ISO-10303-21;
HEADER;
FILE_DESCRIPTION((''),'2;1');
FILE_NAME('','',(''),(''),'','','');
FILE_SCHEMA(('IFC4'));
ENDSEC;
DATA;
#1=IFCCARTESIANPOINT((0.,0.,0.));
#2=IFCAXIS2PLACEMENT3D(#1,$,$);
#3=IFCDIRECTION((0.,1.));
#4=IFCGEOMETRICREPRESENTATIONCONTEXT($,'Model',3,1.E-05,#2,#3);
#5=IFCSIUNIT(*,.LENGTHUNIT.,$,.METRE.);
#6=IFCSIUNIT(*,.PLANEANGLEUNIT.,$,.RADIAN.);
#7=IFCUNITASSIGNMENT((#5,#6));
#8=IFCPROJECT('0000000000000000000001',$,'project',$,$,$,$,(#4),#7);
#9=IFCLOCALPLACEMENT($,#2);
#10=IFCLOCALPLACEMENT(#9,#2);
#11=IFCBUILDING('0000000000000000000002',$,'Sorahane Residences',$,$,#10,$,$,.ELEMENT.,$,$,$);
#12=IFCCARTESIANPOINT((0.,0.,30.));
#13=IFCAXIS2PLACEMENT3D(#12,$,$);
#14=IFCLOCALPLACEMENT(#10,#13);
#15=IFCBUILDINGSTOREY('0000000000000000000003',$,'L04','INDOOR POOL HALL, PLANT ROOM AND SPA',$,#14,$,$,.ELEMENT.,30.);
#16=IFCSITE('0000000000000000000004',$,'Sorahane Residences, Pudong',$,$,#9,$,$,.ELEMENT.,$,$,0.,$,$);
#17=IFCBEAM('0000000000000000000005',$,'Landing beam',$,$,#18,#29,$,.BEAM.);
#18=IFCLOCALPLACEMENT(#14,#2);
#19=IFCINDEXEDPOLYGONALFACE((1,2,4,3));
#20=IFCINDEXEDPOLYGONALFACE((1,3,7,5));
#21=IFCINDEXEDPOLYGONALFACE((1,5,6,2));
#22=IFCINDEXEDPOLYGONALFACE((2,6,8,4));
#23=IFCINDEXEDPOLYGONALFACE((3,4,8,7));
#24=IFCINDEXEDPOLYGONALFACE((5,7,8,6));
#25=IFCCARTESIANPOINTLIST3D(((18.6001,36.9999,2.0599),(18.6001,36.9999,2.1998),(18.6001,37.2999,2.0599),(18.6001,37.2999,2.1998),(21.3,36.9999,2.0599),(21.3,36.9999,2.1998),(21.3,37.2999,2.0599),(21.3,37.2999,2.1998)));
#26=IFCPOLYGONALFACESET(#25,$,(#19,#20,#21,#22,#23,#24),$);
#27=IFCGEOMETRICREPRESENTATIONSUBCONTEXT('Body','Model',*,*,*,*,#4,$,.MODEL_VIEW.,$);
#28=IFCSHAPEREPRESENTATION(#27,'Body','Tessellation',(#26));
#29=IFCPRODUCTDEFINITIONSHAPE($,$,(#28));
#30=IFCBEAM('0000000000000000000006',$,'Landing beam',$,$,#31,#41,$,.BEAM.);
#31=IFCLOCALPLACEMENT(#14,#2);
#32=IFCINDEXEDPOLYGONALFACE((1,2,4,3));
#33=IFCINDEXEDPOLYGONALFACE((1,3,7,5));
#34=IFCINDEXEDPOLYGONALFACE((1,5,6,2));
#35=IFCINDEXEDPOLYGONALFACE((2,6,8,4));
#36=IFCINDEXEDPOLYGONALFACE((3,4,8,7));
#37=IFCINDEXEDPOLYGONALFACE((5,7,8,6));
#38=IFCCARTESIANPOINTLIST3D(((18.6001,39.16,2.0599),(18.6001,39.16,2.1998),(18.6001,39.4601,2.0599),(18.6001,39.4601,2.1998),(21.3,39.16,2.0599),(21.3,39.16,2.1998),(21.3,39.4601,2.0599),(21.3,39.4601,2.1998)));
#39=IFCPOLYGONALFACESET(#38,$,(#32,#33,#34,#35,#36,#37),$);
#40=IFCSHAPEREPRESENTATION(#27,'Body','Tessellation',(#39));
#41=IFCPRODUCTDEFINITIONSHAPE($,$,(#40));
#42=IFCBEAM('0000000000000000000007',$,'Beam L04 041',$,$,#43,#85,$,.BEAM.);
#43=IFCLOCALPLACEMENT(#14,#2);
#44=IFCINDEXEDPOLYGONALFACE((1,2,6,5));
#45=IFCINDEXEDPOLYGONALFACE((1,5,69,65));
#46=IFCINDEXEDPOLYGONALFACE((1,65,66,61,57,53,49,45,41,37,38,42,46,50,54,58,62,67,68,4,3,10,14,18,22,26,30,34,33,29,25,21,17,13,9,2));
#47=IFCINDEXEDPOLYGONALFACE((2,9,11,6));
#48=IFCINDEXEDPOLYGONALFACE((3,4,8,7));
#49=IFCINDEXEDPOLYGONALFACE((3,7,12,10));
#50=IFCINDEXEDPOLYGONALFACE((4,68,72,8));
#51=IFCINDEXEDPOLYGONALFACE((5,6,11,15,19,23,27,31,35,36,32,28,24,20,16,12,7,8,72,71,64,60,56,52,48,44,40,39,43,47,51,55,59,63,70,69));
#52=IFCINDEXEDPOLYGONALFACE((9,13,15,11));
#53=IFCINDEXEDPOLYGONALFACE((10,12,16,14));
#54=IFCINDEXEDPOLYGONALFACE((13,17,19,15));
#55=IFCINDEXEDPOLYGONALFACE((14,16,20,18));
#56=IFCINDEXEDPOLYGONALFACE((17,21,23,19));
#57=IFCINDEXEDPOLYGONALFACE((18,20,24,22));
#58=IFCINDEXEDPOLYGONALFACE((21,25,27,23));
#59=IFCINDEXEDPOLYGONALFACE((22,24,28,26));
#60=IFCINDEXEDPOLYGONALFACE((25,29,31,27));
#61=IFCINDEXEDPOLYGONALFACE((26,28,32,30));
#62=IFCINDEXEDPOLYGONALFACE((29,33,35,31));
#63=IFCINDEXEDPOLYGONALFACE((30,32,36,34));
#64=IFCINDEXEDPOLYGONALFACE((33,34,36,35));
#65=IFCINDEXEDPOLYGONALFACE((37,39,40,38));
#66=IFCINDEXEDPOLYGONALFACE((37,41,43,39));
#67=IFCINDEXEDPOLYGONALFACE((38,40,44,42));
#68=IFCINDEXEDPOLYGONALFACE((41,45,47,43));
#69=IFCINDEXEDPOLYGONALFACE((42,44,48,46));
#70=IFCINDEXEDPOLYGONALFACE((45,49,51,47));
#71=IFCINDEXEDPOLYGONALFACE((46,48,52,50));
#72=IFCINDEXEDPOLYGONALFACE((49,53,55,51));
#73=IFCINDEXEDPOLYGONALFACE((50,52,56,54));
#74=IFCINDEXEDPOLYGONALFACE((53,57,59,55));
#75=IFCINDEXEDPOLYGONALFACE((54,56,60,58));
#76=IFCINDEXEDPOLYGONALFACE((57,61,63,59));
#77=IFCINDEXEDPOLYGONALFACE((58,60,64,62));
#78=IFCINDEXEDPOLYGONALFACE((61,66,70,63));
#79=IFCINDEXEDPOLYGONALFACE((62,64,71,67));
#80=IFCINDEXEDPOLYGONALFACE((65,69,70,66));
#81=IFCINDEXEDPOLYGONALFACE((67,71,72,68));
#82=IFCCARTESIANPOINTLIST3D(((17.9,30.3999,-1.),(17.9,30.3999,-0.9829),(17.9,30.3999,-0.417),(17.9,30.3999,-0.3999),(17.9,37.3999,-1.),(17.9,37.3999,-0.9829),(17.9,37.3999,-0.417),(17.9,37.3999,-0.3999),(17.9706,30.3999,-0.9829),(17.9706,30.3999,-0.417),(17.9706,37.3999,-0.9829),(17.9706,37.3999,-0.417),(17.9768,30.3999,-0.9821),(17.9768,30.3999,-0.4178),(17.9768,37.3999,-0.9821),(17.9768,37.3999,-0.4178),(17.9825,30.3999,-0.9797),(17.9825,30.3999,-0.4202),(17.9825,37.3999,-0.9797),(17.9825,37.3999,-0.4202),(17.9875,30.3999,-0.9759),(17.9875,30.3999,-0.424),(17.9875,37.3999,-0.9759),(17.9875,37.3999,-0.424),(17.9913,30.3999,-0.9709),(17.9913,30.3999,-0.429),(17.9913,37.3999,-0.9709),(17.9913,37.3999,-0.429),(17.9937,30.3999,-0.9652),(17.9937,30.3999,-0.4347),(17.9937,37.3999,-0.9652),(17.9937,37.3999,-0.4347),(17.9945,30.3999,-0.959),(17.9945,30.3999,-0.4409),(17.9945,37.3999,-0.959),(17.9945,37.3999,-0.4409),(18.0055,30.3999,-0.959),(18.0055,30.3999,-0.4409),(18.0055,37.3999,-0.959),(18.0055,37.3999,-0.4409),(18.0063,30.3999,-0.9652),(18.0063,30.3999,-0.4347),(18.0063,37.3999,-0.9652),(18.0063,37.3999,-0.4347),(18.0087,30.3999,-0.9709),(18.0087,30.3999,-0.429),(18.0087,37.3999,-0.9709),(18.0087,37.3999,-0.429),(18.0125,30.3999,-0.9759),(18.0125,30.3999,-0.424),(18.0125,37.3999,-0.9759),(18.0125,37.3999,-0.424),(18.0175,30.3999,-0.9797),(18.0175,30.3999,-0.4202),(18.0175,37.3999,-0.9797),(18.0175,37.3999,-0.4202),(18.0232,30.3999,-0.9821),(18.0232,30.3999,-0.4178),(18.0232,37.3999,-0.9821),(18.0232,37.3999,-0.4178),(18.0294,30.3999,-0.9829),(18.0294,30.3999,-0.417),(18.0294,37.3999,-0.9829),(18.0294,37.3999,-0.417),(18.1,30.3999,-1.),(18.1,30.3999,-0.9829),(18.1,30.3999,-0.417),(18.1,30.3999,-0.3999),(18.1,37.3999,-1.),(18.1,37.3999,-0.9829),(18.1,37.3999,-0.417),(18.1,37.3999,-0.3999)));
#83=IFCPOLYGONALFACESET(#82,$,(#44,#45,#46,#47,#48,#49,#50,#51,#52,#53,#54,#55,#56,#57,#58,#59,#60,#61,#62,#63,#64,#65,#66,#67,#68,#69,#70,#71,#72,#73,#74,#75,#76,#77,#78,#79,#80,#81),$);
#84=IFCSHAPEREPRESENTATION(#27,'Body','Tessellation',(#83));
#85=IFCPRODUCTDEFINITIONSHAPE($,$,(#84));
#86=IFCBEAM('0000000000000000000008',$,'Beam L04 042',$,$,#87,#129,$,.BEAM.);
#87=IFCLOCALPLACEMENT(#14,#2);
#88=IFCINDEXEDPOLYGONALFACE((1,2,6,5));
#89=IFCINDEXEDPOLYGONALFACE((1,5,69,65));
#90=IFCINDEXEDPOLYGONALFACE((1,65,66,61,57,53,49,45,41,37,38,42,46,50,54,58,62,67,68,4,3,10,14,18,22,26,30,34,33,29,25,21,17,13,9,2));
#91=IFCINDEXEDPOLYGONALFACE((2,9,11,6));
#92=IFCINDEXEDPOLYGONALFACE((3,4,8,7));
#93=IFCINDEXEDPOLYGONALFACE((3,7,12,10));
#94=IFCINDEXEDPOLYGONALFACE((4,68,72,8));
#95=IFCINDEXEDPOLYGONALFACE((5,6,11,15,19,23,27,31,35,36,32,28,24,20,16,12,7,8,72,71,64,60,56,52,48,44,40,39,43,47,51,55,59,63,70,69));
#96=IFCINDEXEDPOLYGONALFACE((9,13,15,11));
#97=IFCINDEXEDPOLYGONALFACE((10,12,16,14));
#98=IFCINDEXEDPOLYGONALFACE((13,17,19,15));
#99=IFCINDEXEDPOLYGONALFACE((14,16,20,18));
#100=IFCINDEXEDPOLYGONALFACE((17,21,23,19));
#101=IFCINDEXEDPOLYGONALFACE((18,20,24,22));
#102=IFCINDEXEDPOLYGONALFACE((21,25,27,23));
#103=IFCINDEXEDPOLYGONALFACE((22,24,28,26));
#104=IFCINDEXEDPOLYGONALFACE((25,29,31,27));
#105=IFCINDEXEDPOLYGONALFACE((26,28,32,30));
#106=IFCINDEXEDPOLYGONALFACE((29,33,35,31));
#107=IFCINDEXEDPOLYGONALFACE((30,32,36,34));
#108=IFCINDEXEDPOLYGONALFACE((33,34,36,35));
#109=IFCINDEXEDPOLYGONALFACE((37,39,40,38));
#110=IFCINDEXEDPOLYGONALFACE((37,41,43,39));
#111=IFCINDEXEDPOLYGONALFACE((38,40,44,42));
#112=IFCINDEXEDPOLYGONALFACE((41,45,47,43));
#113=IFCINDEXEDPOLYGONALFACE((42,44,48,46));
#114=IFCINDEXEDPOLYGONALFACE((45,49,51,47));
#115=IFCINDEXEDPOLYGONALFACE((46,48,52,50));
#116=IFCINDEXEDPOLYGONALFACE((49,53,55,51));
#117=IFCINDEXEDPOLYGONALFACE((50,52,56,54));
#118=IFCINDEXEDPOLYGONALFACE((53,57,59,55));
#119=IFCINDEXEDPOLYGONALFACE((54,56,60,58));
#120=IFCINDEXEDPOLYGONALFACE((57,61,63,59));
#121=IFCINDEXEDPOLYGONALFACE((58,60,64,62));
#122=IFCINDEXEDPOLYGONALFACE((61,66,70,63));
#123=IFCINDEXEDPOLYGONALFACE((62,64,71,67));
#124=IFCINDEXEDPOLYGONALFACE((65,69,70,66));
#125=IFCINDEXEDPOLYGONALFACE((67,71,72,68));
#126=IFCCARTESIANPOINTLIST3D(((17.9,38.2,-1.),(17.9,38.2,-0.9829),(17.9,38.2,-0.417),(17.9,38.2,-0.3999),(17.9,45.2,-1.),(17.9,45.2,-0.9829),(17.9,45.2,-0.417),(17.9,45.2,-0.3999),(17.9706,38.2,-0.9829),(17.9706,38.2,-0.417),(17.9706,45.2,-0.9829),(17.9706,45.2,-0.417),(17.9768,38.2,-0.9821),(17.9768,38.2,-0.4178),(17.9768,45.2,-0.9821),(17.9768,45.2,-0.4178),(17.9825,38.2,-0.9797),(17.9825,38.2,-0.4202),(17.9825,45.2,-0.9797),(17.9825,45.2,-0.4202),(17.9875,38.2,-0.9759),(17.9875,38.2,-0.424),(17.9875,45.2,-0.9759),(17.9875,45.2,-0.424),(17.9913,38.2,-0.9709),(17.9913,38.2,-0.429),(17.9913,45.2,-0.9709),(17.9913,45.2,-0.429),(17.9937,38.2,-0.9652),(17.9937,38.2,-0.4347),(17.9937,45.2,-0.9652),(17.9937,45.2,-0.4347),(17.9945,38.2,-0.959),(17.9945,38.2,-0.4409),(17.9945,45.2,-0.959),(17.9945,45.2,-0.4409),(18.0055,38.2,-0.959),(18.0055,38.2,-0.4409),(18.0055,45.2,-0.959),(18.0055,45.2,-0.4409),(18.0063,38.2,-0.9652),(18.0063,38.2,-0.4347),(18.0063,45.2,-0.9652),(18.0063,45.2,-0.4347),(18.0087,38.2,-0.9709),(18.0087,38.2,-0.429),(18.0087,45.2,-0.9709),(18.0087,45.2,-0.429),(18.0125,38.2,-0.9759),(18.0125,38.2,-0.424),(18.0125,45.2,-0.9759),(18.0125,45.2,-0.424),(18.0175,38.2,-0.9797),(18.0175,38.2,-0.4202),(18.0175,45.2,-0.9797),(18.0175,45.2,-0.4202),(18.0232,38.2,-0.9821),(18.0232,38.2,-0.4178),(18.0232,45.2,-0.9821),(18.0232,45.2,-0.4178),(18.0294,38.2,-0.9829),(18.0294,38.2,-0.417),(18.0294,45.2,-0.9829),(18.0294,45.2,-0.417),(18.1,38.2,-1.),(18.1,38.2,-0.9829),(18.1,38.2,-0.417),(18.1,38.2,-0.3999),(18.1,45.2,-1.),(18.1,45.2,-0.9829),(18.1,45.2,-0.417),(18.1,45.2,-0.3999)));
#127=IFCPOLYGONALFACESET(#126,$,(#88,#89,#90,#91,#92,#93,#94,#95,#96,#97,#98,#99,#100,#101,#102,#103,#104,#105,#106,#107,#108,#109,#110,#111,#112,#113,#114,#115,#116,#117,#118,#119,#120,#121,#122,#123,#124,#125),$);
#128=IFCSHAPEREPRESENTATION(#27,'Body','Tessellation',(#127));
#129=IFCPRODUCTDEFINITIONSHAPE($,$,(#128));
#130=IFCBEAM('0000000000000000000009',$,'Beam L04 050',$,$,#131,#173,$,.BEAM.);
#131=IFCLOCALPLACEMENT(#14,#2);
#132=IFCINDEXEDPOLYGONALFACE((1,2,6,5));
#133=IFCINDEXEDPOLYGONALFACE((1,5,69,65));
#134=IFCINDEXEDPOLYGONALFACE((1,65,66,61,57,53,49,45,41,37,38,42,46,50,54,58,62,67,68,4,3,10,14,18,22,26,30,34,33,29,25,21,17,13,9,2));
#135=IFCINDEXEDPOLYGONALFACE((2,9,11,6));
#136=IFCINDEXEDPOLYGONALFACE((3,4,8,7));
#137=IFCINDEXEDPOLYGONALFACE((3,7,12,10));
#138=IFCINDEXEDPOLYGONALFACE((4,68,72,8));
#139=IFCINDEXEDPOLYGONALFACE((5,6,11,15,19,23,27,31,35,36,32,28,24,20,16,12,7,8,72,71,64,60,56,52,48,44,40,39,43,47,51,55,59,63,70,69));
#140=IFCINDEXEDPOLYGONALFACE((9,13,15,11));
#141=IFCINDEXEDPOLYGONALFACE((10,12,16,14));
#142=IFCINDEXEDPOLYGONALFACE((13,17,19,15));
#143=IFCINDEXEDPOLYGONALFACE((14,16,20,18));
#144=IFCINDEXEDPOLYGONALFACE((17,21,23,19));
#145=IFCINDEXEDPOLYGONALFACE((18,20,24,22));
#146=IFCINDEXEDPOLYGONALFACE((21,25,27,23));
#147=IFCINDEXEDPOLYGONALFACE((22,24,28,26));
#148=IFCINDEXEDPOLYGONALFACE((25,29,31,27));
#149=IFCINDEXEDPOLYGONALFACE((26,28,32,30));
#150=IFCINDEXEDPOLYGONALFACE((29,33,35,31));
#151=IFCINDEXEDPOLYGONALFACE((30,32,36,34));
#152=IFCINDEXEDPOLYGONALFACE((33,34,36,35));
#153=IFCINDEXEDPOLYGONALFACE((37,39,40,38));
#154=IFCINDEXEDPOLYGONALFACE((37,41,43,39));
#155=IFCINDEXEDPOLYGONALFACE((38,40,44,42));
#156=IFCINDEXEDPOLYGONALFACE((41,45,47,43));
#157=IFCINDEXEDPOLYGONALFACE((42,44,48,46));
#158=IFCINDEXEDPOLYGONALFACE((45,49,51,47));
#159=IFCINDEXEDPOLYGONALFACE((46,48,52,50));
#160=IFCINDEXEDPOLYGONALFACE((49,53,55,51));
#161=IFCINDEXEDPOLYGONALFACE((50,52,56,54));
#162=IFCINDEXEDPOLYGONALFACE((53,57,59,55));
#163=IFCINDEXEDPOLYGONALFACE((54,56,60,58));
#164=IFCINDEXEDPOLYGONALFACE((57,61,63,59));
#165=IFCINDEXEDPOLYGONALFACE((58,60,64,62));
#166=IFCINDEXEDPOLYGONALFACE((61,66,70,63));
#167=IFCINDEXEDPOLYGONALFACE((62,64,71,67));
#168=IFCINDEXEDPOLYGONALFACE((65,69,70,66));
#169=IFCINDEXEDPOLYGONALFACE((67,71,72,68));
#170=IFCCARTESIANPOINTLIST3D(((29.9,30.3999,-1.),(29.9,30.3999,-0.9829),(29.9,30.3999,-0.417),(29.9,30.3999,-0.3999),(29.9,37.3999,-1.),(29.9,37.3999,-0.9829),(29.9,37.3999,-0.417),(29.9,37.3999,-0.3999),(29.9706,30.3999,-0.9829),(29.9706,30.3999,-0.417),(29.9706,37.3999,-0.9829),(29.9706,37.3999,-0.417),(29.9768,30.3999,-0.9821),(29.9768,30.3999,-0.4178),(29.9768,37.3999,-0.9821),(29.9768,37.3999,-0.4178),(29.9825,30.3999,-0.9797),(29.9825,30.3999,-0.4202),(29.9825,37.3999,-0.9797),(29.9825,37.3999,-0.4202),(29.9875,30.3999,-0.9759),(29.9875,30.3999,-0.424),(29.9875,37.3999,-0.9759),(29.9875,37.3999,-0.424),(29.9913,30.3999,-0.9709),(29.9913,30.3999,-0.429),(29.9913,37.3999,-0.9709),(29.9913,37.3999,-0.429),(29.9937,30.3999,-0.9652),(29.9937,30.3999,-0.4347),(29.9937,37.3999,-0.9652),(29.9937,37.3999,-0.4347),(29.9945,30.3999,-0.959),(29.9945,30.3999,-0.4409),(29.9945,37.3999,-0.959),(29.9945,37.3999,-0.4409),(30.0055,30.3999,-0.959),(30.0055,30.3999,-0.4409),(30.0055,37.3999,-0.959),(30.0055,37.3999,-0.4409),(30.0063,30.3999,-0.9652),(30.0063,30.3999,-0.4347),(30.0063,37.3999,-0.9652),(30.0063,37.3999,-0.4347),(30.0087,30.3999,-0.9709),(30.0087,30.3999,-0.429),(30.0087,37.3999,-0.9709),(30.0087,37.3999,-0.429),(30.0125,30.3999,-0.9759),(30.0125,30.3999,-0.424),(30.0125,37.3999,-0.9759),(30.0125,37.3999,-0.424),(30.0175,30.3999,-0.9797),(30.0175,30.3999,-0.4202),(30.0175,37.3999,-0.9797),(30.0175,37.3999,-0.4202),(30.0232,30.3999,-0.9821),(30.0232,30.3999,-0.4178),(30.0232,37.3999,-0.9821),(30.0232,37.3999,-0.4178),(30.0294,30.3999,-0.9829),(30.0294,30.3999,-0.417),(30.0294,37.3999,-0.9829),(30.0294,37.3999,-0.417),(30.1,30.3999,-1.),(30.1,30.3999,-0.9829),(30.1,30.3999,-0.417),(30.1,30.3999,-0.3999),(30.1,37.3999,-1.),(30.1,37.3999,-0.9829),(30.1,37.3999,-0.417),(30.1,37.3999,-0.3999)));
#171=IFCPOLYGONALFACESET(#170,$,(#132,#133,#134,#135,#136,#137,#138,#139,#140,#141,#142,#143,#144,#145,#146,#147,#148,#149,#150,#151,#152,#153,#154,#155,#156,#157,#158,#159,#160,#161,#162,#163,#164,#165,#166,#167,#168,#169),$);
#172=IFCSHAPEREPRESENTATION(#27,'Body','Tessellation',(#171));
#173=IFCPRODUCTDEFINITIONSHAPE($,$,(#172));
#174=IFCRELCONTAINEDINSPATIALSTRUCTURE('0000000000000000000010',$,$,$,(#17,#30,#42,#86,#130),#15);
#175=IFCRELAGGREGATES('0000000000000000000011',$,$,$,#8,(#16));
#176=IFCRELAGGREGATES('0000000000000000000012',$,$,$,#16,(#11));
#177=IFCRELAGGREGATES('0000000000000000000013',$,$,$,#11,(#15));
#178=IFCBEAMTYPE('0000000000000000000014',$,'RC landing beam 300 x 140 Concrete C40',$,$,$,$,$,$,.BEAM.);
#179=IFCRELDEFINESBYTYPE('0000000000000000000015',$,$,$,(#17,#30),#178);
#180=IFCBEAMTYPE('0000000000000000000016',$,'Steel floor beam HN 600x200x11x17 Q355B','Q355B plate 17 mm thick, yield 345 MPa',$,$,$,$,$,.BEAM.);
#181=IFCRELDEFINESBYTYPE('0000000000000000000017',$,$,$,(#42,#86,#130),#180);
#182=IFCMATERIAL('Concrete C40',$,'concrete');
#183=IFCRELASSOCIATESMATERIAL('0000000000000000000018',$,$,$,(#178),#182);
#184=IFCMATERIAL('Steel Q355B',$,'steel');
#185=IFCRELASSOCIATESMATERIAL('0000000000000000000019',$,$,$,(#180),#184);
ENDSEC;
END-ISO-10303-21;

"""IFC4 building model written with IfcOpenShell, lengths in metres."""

from ifc_helpers import new_model, si_unit, direction, frame, origin, origin_2d, place, context, subcontext, project, spatial, rectangle, i_section, extrude, material, material_profile, profile_set, type_object, element, save


model = new_model("IFC4")

# Units and contexts
model_context = context("Model", 3, precision=1e-05, world=origin(), true_north=direction((0.0, 1.0)))
body_context = subcontext(model_context, "Body", "Model", "MODEL_VIEW")
ifc_project = project(units=[si_unit("LENGTHUNIT", "METRE"), si_unit("PLANEANGLEUNIT", "RADIAN")], contexts=[model_context])

# Site, building, storey
site_placement = place(None, origin())
site = spatial("IfcSite", under=ifc_project, at=site_placement, Name="Sorahane Residences, Pudong", CompositionType="ELEMENT", RefElevation=0.0)
building_placement = place(site_placement, origin())
building = spatial("IfcBuilding", under=site, at=building_placement, Name="Sorahane Residences", CompositionType="ELEMENT")
storey_placement = place(building_placement, frame((0.0, 0.0, 30.0)))
storey = spatial("IfcBuildingStorey", under=building, at=storey_placement, Name="L04", Description="INDOOR POOL HALL, PLANT ROOM AND SPA", CompositionType="ELEMENT", Elevation=30.0)

# Beams
ifc_material_1 = material(Name="Concrete C40", Category="concrete")
ifc_material_profile_1 = material_profile(ifc_material_1, rectangle(XDim=0.3, YDim=0.1399, at=origin_2d()), Name="300x140")
ifc_profile_set_1 = profile_set([ifc_material_profile_1], Name="Concrete C40")
beam_type_1 = type_object("IfcBeamType", Name="RC landing beam 300 x 140 Concrete C40", PredefinedType="BEAM", material=ifc_profile_set_1)
for number, where, z_axis, x_axis, name in (
    (1, (18.6001, 37.1499, 2.1299), (1.0, 0.0, 0.0), (0.0, 1.0, 0.0), "Landing beam"),
    (2, (18.6001, 39.3101, 2.1299), (1.0, 0.0, 0.0), (0.0, 1.0, 0.0), "Landing beam"),
):
    element("IfcBeam", number, at=place(storey_placement, frame(where, z_axis=z_axis, x_axis=x_axis)), inside=storey, type_object=beam_type_1, Name=name, PredefinedType="BEAM", context=body_context, shape_type="SweptSolid", body=[
        extrude(rectangle(XDim=0.3, YDim=0.1399, at=origin_2d()), origin(), (0.0, 0.0, 1.0), 2.7),
    ])
ifc_material_2 = material(Name="Steel Q355B", Category="steel")
ifc_material_profile_2 = material_profile(ifc_material_2, i_section(OverallWidth=0.2, OverallDepth=0.6001, WebThickness=0.011, FlangeThickness=0.0171, FilletRadius=0.0239, at=origin_2d()), Name="HN 600x200x11x17")
ifc_profile_set_2 = profile_set([ifc_material_profile_2], Name="Steel Q355B")
beam_type_2 = type_object("IfcBeamType", Name="Steel floor beam HN 600x200x11x17 Q355B", Description="Q355B plate 17 mm thick, yield 345 MPa", PredefinedType="BEAM", material=ifc_profile_set_2)
for number, where, z_axis, x_axis, name in (
    (3, (18.0, 30.3999, -0.7), (0.0, 1.0, 0.0), (-1.0, 0.0, 0.0), "Beam L04 041"),
    (4, (18.0, 38.2, -0.7), (0.0, 1.0, 0.0), (-1.0, 0.0, 0.0), "Beam L04 042"),
    (5, (30.0, 30.3999, -0.7), (0.0, 1.0, 0.0), (-1.0, 0.0, 0.0), "Beam L04 050"),
):
    element("IfcBeam", number, at=place(storey_placement, frame(where, z_axis=z_axis, x_axis=x_axis)), inside=storey, type_object=beam_type_2, Name=name, PredefinedType="BEAM", context=body_context, shape_type="SweptSolid", body=[
        extrude(i_section(OverallWidth=0.2, OverallDepth=0.6001, WebThickness=0.011, FlangeThickness=0.0171, FilletRadius=0.0239, at=origin_2d()), origin(), (0.0, 0.0, 1.0), 7.0),
    ])

save(model, "model.ifc")
